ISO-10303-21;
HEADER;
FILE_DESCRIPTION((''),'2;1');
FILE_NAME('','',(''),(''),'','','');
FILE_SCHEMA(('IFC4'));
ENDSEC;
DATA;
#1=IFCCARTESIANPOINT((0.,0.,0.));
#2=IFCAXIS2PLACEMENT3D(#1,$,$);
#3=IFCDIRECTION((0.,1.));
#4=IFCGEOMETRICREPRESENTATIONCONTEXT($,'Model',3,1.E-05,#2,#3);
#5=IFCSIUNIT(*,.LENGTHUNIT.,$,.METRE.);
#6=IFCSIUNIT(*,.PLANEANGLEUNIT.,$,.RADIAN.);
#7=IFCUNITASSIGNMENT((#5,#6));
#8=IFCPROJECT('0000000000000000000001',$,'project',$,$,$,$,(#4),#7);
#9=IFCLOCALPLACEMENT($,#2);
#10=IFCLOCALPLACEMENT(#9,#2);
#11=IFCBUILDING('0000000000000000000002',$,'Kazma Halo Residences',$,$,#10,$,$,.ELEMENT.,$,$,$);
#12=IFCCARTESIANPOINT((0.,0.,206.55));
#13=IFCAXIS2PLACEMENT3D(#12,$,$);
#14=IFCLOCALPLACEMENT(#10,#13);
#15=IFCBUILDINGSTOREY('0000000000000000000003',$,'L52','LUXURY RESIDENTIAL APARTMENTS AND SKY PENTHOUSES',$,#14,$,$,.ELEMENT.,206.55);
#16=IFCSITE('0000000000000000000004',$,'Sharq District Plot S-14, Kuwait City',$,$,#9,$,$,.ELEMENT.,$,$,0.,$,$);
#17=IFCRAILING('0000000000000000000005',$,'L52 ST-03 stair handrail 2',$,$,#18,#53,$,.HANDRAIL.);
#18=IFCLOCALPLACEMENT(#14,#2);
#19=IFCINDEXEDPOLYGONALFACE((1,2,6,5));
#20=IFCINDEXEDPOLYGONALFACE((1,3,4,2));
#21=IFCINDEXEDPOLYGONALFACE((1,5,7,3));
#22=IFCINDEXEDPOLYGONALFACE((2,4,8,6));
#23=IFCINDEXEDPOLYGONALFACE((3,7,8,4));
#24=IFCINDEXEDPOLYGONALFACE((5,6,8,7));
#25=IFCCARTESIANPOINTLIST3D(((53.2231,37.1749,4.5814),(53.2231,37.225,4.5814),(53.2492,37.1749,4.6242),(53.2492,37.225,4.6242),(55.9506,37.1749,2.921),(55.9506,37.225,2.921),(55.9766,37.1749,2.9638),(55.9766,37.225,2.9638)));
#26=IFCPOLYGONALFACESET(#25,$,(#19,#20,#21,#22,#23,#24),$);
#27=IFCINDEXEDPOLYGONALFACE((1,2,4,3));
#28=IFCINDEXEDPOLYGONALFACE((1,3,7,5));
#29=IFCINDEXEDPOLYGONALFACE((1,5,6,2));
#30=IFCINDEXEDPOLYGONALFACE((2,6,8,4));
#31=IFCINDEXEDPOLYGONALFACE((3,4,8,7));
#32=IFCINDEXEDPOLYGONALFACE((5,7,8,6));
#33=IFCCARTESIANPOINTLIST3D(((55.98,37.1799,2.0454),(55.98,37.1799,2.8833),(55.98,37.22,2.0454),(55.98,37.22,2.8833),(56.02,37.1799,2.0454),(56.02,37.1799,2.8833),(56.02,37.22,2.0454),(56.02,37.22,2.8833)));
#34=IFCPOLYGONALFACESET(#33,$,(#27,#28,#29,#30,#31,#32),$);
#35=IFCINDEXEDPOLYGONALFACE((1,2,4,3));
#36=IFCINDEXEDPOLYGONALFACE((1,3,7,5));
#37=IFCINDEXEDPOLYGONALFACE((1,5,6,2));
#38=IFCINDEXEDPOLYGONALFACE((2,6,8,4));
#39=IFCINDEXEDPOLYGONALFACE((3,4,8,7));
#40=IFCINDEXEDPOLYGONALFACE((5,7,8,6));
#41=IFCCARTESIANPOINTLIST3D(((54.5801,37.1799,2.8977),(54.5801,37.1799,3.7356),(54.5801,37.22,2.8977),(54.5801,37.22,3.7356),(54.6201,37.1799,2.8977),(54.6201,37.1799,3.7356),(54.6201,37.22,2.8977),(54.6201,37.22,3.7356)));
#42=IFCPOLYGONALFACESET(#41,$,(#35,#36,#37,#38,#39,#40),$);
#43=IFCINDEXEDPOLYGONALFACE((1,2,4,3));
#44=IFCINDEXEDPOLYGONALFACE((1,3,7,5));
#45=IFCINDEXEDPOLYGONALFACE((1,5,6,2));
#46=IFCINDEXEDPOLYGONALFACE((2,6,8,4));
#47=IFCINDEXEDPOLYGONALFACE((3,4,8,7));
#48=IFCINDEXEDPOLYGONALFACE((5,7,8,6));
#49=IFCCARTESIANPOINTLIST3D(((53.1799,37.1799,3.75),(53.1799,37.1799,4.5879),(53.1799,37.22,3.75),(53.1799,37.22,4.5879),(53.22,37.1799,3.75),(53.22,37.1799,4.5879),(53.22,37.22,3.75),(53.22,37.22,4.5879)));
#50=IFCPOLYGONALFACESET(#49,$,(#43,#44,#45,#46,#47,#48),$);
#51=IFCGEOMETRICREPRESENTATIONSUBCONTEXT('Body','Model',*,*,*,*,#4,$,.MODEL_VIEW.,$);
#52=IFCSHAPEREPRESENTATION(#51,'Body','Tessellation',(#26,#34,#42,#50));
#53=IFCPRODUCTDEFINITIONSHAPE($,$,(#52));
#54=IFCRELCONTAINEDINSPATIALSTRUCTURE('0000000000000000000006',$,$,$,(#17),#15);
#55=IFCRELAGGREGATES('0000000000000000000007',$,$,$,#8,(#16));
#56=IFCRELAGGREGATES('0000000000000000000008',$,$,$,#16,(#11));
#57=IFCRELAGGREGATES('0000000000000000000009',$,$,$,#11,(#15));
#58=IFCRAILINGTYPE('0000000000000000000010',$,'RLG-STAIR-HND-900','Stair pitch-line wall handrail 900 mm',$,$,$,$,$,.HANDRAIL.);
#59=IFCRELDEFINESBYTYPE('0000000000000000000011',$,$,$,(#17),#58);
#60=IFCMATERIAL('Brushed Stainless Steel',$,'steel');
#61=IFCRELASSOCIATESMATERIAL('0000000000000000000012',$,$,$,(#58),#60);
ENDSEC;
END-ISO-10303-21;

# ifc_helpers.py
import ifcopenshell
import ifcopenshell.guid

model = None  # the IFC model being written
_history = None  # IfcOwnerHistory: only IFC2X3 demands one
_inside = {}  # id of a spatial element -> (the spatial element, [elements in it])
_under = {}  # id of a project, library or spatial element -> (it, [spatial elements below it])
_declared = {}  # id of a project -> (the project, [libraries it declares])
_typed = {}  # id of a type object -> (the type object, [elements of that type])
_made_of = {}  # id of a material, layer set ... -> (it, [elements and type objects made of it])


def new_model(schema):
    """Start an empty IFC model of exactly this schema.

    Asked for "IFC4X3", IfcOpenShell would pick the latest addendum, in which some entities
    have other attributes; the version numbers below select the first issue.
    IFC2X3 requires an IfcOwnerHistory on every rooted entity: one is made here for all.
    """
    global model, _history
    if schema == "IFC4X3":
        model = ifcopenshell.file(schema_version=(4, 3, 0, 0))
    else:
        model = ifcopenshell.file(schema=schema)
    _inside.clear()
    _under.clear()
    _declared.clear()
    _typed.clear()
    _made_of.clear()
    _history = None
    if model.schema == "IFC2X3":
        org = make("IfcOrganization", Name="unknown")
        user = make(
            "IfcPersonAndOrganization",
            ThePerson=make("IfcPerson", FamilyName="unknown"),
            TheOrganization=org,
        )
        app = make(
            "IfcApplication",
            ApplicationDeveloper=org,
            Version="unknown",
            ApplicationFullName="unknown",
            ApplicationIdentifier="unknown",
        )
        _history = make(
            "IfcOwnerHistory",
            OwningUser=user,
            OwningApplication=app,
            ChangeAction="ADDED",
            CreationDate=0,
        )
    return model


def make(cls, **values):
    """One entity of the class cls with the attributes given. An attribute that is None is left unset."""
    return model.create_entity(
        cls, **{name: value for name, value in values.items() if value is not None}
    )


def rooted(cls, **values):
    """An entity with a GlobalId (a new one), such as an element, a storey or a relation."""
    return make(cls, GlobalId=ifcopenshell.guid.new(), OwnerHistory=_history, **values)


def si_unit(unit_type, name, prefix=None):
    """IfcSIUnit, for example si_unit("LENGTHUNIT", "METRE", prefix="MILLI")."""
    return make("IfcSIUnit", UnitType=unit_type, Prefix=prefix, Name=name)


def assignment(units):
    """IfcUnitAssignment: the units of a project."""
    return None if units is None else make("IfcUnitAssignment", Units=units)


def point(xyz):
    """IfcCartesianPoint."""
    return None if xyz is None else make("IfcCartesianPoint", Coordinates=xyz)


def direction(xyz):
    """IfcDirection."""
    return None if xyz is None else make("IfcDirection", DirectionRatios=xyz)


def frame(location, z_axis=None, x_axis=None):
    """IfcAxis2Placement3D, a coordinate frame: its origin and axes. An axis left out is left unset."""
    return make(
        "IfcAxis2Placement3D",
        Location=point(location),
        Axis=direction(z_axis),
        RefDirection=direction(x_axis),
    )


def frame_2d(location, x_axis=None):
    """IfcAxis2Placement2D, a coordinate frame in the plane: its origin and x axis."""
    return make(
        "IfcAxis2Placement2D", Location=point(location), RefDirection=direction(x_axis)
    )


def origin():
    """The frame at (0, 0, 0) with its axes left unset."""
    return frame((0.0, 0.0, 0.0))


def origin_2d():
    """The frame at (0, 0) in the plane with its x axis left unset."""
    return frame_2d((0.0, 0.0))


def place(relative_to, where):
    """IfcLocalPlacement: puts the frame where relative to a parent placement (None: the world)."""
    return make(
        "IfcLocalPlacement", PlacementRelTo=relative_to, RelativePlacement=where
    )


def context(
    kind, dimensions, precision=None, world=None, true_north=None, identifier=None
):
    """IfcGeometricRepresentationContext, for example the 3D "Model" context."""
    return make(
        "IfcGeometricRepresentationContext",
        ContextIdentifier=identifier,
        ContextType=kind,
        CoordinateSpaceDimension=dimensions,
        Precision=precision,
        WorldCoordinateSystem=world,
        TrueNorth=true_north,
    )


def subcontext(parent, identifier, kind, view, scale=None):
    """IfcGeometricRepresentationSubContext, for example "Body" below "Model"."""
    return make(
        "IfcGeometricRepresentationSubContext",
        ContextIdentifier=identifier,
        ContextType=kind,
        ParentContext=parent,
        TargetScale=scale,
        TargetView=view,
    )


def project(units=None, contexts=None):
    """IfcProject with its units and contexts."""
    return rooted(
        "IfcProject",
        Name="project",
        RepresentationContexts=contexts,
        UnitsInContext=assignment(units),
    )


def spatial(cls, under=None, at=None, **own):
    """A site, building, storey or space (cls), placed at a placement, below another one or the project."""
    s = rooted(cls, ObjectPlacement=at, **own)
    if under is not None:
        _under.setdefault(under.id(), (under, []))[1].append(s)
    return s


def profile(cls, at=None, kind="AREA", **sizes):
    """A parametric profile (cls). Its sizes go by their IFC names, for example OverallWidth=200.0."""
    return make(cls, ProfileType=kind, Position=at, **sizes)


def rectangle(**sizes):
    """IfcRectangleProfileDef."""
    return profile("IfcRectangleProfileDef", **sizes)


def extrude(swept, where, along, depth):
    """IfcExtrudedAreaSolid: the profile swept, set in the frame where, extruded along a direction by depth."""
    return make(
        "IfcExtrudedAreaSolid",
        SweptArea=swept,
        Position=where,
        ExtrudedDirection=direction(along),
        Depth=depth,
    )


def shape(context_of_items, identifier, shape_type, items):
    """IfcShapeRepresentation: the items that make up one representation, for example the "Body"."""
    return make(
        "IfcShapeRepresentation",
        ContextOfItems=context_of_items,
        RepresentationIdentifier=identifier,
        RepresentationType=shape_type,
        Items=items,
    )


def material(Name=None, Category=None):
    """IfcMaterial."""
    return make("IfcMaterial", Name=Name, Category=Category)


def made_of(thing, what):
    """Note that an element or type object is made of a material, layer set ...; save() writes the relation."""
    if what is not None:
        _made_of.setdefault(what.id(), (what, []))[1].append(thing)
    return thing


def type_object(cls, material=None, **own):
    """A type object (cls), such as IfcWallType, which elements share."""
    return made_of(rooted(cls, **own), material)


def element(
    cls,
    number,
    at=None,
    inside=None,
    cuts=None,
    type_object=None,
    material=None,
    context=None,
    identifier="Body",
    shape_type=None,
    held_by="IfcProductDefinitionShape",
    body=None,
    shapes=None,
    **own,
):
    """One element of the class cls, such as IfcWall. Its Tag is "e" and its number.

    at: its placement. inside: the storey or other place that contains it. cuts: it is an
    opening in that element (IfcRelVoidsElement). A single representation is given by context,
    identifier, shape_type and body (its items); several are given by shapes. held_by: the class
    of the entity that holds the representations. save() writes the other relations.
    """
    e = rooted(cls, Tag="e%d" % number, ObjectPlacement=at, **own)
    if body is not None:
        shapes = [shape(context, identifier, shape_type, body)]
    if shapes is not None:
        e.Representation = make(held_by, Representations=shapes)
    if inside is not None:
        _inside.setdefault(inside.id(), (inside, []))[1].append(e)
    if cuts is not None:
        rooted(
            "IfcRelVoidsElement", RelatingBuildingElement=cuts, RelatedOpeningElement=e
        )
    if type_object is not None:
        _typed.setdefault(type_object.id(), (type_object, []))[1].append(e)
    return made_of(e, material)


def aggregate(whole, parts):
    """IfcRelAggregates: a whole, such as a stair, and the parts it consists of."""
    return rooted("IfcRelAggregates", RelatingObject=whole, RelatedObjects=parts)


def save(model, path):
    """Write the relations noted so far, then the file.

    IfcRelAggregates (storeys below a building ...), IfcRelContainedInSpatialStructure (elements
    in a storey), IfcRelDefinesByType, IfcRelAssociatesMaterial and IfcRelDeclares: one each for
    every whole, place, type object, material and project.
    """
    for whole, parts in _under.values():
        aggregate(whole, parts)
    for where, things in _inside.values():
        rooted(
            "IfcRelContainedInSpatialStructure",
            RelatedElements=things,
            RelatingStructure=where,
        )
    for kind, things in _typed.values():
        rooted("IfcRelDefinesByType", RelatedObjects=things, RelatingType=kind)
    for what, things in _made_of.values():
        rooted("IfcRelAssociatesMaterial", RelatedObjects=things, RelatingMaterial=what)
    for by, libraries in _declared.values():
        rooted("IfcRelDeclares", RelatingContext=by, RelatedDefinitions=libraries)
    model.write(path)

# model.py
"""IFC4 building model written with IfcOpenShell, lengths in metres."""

from ifc_helpers import new_model, si_unit, direction, frame, origin, origin_2d, place, context, subcontext, project, spatial, rectangle, extrude, material, type_object, element, save


model = new_model("IFC4")

# Units and contexts
model_context = context("Model", 3, precision=1e-05, world=origin(), true_north=direction((0.0, 1.0)))
body_context = subcontext(model_context, "Body", "Model", "MODEL_VIEW")
ifc_project = project(units=[si_unit("LENGTHUNIT", "METRE"), si_unit("PLANEANGLEUNIT", "RADIAN")], contexts=[model_context])

# Site, building, storey
site_placement = place(None, origin())
site = spatial("IfcSite", under=ifc_project, at=site_placement, Name="Sharq District Plot S-14, Kuwait City", CompositionType="ELEMENT", RefElevation=0.0)
building_placement = place(site_placement, origin())
building = spatial("IfcBuilding", under=site, at=building_placement, Name="Kazma Halo Residences", CompositionType="ELEMENT")
storey_placement = place(building_placement, frame((0.0, 0.0, 206.55)))
storey = spatial("IfcBuildingStorey", under=building, at=storey_placement, Name="L52", Description="LUXURY RESIDENTIAL APARTMENTS AND SKY PENTHOUSES", CompositionType="ELEMENT", Elevation=206.55)

# Railing
ifc_material_1 = material(Name="Brushed Stainless Steel", Category="steel")
railing_type_1 = type_object("IfcRailingType", Name="RLG-STAIR-HND-900", Description="Stair pitch-line wall handrail 900 mm", PredefinedType="HANDRAIL", material=ifc_material_1)
railing_1_placement = place(storey_placement, frame((56.0, 37.2, 2.0454)))
element("IfcRailing", 1, at=railing_1_placement, inside=storey, type_object=railing_type_1, Name="L52 ST-03 stair handrail 2", PredefinedType="HANDRAIL", context=body_context, shape_type="SweptSolid", body=[
    extrude(rectangle(XDim=0.05, YDim=0.05, at=origin_2d()), frame((-0.0364, 0.0, 0.897), z_axis=(-0.85417, 0.0, 0.519994), x_axis=(0.0, -1.0, 0.0)), (0.0, 0.0, 1.0), 3.1931),
    extrude(rectangle(XDim=0.04, YDim=0.04, at=origin_2d()), origin(), (0.0, 0.0, 1.0), 0.8379),
    extrude(rectangle(XDim=0.04, YDim=0.04, at=origin_2d()), frame((-1.3999, 0.0, 0.8523)), (0.0, 0.0, 1.0), 0.8379),
    extrude(rectangle(XDim=0.04, YDim=0.04, at=origin_2d()), frame((-2.8, 0.0, 1.7046)), (0.0, 0.0, 1.0), 0.8379),
])

save(model, "model.ifc")
